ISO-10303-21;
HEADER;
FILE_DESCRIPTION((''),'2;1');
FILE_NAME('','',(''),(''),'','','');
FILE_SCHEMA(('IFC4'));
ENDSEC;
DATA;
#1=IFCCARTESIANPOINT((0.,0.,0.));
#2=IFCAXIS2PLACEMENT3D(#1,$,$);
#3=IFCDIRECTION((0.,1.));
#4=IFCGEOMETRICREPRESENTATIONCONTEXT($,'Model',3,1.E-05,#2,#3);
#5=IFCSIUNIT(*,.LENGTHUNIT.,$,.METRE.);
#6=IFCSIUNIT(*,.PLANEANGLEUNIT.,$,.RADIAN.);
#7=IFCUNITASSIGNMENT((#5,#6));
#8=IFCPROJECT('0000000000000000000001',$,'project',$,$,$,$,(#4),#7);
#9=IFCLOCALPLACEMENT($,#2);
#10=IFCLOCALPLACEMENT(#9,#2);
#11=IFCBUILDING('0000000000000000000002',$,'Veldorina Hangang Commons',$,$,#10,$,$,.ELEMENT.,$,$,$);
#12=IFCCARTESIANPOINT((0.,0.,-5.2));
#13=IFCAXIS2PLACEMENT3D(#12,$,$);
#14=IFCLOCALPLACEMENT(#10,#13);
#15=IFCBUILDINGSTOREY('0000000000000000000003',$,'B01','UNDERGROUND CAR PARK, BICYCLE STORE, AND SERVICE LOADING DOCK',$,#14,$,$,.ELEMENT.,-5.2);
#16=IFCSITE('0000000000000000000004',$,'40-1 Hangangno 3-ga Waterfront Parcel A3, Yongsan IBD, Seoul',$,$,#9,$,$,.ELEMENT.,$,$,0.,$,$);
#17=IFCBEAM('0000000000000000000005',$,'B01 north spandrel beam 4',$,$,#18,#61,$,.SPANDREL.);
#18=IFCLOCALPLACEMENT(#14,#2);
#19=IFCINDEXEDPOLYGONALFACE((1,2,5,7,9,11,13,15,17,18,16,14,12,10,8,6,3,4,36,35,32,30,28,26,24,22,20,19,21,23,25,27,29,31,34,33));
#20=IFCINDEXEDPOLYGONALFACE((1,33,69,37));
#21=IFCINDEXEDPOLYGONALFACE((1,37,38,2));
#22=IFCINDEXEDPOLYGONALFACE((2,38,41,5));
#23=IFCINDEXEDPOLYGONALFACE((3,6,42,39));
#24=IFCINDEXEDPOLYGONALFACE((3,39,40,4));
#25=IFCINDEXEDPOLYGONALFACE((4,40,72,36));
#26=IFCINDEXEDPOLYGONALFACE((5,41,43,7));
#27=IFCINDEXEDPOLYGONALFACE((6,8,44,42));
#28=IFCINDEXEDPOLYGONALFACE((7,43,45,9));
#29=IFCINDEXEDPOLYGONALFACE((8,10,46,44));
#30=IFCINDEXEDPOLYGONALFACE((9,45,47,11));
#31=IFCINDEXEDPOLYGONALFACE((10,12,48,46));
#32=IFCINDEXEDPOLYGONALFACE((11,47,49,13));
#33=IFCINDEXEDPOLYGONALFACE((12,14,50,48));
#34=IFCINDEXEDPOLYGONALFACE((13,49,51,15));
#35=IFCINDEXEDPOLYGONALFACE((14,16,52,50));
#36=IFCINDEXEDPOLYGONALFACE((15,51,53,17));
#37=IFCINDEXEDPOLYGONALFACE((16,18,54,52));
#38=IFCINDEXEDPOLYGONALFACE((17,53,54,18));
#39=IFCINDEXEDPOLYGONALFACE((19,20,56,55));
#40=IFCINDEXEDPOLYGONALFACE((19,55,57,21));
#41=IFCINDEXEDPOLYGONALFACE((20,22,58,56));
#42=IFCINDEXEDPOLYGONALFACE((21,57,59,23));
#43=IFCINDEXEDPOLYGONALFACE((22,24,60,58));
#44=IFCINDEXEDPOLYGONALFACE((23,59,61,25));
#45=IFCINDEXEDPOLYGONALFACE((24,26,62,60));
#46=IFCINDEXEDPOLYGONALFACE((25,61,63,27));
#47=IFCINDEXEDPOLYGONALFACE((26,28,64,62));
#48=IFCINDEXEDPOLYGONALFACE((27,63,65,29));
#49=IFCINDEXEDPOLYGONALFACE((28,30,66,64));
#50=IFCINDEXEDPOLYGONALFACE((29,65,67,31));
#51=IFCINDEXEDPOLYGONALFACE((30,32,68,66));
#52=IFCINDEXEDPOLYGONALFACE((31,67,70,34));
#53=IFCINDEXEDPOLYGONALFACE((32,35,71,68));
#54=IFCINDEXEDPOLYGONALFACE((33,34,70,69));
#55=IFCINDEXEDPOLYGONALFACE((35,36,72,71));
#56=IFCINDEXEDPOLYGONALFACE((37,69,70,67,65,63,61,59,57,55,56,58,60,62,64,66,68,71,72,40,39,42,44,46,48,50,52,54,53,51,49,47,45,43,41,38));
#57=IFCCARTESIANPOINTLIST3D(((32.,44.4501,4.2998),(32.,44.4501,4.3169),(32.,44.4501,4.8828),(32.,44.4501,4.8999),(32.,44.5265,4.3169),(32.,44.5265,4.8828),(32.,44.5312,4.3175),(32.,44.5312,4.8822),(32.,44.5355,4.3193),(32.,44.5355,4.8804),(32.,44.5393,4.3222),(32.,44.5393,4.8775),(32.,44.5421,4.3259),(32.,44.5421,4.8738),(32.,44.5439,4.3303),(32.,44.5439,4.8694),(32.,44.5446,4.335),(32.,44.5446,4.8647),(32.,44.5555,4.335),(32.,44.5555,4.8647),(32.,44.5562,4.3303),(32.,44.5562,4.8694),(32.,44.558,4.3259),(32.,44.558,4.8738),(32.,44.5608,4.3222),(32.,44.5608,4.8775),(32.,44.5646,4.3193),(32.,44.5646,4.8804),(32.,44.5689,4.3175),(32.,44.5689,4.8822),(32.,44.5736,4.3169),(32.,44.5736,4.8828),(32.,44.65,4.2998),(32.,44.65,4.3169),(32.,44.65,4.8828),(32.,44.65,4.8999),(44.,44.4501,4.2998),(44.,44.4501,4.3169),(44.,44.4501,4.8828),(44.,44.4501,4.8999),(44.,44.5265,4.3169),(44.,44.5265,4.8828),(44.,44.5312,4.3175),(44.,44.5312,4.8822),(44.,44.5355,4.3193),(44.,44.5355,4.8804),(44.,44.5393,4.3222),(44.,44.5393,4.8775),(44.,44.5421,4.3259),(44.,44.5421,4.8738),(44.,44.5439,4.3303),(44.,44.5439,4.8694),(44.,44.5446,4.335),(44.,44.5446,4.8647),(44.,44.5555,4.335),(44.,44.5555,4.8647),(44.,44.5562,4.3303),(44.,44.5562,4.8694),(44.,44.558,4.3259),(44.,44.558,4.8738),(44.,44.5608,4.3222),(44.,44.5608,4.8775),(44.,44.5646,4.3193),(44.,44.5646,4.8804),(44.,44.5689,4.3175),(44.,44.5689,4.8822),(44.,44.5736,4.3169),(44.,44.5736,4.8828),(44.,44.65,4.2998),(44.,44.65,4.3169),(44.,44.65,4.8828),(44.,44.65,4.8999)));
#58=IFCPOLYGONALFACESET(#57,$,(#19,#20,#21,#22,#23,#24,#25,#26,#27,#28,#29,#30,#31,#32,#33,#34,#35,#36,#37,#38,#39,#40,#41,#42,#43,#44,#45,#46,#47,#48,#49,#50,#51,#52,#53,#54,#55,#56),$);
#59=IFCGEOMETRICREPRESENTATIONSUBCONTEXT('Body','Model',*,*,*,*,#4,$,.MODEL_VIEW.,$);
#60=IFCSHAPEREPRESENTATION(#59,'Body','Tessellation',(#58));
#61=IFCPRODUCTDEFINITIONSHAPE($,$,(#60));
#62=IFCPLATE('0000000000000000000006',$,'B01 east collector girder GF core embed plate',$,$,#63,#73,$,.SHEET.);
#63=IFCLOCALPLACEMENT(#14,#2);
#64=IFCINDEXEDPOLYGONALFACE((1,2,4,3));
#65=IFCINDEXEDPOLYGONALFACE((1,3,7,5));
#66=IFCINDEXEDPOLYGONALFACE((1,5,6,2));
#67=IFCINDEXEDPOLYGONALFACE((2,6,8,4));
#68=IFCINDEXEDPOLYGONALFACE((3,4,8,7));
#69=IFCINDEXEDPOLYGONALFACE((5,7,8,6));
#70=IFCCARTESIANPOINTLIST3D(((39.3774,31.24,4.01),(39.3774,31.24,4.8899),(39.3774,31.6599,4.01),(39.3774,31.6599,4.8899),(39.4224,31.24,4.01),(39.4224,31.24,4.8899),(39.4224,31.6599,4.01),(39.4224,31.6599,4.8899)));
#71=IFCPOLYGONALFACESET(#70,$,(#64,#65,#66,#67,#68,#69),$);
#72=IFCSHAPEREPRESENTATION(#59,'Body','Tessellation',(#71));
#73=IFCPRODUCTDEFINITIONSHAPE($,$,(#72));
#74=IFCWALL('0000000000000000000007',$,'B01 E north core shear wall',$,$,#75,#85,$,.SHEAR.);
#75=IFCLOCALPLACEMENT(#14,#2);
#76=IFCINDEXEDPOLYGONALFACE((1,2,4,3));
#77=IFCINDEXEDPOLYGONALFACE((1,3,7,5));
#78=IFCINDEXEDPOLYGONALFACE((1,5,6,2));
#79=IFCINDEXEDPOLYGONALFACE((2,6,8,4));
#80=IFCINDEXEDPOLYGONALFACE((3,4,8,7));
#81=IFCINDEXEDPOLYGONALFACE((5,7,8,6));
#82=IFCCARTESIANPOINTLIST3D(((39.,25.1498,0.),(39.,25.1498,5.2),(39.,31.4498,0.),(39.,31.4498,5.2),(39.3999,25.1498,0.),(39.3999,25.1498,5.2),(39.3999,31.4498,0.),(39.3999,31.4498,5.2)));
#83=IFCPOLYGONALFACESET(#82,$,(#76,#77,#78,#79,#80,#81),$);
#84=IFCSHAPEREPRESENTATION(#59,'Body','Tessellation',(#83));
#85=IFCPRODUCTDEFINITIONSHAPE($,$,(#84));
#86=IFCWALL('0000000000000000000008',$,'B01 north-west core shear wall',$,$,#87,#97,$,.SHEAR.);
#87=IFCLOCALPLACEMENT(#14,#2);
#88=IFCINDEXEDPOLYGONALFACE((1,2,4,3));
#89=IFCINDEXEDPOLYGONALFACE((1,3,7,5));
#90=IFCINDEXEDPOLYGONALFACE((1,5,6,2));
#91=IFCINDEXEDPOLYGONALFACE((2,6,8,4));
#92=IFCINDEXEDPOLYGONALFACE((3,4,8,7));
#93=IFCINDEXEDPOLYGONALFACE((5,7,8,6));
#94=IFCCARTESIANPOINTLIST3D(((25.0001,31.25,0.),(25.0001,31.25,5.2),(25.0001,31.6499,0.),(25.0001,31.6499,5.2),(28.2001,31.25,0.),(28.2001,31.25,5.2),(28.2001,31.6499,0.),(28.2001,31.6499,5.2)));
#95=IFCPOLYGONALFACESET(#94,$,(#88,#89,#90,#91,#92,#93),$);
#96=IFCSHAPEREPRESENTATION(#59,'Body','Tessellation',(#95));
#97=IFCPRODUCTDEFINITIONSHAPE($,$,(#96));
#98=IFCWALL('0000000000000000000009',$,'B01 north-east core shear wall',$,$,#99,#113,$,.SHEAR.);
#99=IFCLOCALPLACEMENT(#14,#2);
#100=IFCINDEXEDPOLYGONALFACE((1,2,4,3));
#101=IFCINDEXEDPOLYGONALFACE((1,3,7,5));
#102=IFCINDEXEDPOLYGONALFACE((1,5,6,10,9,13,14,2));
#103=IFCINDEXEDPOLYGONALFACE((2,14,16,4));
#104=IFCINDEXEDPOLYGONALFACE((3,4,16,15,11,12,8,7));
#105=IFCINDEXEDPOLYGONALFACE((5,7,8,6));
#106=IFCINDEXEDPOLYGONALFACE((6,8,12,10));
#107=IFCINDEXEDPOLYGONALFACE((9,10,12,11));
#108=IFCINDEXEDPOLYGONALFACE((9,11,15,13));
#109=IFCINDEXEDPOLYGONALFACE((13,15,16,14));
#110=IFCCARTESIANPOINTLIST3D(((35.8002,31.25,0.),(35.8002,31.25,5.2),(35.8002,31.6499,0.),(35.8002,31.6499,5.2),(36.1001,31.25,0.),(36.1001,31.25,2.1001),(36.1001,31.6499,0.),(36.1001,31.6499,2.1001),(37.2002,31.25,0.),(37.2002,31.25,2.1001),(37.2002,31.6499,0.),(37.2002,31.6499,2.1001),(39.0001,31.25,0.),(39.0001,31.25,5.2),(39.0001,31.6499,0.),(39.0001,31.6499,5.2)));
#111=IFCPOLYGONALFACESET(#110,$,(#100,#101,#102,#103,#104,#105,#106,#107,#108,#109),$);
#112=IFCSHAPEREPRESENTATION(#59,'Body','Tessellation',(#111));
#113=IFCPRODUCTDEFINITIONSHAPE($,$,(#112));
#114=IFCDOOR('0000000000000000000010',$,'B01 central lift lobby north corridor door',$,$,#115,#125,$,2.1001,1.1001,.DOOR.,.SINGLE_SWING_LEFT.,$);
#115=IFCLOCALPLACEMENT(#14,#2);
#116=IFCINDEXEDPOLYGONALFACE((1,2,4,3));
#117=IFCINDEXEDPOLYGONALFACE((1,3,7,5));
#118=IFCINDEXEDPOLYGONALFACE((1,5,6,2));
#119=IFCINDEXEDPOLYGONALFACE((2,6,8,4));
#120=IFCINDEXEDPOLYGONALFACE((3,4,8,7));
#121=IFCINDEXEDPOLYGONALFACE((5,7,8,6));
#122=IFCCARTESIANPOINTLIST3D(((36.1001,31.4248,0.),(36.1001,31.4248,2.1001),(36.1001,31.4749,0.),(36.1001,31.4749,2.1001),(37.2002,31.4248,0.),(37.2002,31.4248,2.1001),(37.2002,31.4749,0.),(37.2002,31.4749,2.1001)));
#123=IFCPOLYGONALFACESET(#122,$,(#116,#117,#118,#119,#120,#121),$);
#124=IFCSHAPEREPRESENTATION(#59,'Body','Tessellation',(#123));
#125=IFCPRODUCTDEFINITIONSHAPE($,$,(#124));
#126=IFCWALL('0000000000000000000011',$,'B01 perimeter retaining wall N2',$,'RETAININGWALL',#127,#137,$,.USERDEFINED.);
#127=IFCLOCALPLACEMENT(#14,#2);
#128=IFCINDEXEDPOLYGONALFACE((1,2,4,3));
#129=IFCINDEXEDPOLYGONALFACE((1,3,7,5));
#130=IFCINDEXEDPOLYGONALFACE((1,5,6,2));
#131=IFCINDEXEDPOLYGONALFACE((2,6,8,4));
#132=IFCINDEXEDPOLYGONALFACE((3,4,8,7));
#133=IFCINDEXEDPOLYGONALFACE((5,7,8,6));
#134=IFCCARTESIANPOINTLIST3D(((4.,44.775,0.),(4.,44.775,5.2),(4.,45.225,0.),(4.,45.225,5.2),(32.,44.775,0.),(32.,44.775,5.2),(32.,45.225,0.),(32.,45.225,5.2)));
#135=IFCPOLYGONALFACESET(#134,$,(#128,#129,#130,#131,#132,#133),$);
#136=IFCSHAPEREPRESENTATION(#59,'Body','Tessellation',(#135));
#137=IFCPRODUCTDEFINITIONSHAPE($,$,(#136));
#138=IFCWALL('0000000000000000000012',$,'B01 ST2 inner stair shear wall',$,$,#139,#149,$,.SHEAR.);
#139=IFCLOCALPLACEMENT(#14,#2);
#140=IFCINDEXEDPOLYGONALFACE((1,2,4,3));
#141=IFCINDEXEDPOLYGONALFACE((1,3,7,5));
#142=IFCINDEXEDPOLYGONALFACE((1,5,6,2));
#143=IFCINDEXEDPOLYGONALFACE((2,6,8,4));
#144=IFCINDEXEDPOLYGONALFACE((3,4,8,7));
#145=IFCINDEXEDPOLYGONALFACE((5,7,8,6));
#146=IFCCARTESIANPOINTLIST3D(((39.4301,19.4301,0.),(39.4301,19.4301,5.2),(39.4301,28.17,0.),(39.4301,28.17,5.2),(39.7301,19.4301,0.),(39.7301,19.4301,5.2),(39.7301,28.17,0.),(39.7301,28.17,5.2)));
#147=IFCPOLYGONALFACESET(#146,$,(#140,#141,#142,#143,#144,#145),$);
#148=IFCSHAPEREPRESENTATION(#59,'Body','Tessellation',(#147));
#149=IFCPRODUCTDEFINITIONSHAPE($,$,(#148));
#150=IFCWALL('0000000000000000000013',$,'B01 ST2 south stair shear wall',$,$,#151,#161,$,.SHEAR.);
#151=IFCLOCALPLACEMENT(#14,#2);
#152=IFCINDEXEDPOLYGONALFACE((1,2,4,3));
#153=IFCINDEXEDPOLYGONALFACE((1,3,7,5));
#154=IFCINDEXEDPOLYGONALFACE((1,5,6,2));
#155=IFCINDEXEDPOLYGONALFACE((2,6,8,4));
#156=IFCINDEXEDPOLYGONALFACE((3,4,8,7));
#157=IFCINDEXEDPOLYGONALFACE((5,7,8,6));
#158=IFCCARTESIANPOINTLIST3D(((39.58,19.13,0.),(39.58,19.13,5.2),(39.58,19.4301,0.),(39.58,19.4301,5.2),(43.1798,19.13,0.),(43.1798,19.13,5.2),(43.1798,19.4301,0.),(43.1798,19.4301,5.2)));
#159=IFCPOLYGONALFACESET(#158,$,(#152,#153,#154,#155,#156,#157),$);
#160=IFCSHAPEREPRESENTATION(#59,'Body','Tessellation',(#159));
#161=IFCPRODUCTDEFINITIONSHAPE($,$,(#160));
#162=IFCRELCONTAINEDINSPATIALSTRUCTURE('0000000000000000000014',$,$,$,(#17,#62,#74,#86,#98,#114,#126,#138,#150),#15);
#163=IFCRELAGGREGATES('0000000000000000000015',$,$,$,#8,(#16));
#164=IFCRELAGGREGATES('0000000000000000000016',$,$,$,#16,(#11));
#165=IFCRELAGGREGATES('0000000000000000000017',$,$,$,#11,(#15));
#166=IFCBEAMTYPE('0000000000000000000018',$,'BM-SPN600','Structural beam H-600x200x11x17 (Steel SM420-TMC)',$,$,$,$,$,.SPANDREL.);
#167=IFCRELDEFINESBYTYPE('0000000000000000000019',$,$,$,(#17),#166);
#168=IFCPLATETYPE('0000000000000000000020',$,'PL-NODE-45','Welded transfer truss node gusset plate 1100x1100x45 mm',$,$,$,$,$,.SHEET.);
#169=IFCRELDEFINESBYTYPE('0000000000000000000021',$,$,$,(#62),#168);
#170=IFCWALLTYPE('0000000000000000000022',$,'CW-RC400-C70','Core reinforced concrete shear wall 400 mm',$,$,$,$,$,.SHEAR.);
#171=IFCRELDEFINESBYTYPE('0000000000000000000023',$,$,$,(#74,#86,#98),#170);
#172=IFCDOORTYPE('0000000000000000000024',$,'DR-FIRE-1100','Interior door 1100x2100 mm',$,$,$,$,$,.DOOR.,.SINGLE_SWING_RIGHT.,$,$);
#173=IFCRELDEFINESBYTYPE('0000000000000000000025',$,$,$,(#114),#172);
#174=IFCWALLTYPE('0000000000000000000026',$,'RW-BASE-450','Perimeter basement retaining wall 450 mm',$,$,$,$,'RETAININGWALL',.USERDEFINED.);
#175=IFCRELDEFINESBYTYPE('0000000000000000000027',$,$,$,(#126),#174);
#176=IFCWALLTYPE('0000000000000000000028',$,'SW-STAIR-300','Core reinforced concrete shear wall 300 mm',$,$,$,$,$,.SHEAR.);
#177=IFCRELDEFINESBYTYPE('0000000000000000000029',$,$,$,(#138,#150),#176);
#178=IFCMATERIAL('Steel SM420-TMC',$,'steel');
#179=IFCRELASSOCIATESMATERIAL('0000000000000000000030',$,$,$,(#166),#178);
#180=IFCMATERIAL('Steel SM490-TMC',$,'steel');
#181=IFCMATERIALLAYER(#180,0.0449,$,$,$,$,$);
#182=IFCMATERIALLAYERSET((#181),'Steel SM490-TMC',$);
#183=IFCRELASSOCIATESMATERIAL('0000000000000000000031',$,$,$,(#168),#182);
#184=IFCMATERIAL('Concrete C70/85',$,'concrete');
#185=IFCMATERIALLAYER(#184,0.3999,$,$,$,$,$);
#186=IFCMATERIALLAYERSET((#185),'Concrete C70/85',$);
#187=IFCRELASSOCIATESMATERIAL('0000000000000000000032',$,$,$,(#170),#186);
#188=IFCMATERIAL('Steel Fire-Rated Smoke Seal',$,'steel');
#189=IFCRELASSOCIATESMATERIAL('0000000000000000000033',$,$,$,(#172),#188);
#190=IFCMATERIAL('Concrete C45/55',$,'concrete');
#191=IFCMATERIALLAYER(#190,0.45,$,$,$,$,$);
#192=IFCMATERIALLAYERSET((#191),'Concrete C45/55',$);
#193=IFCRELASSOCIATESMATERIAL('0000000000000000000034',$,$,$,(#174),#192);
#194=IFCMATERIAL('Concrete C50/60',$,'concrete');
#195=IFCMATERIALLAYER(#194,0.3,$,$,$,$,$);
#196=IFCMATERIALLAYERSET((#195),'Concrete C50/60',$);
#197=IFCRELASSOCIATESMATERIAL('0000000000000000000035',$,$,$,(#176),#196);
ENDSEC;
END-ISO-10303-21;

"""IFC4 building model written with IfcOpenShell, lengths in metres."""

from ifc_helpers import new_model, si_unit, direction, frame, frame_2d, origin, origin_2d, place, context, subcontext, project, spatial, rectangle, i_section, extrude, material, layer, layer_set, material_profile, profile_set, type_object, element, fill, save


model = new_model("IFC4")

# Units and contexts
model_context = context("Model", 3, precision=1e-05, world=origin(), true_north=direction((0.0, 1.0)))
body_context = subcontext(model_context, "Body", "Model", "MODEL_VIEW")
ifc_project = project(units=[si_unit("LENGTHUNIT", "METRE"), si_unit("PLANEANGLEUNIT", "RADIAN")], contexts=[model_context])

# Site, building, storey
site_placement = place(None, origin())
site = spatial("IfcSite", under=ifc_project, at=site_placement, Name="40-1 Hangangno 3-ga Waterfront Parcel A3, Yongsan IBD, Seoul", CompositionType="ELEMENT", RefElevation=0.0)
building_placement = place(site_placement, origin())
building = spatial("IfcBuilding", under=site, at=building_placement, Name="Veldorina Hangang Commons", CompositionType="ELEMENT")
storey_placement = place(building_placement, frame((0.0, 0.0, -5.2)))
storey = spatial("IfcBuildingStorey", under=building, at=storey_placement, Name="B01", Description="UNDERGROUND CAR PARK, BICYCLE STORE, AND SERVICE LOADING DOCK", CompositionType="ELEMENT", Elevation=-5.2)

# Shared definitions
ifc_material_1 = material(Name="Concrete C50/60", Category="concrete")

# Beam
ifc_material_2 = material(Name="Concrete C70/85", Category="concrete")
ifc_material_3 = material(Name="Steel SM420-TMC", Category="steel")
ifc_material_profile_1 = material_profile(ifc_material_3, i_section(OverallWidth=0.2, OverallDepth=0.6001, WebThickness=0.011, FlangeThickness=0.0171, FilletRadius=0.0181, at=origin_2d()), Name="H-600x200x11x17")
ifc_profile_set_1 = profile_set([ifc_material_profile_1], Name="Steel SM420-TMC")
beam_type_1 = type_object("IfcBeamType", Name="BM-SPN600", Description="Structural beam H-600x200x11x17 (Steel SM420-TMC)", PredefinedType="SPANDREL", material=ifc_profile_set_1)
beam_1_placement = place(storey_placement, frame((32.0, 44.55, 4.5999), z_axis=(1.0, 0.0, 0.0), x_axis=(0.0, 1.0, 0.0)))
element("IfcBeam", 1, at=beam_1_placement, inside=storey, type_object=beam_type_1, Name="B01 north spandrel beam 4", PredefinedType="SPANDREL", context=body_context, shape_type="SweptSolid", body=[
    extrude(i_section(OverallWidth=0.2, OverallDepth=0.6001, WebThickness=0.011, FlangeThickness=0.0171, FilletRadius=0.0181, at=origin_2d()), origin(), (0.0, 0.0, 1.0), 12.0),
])

# Plate
ifc_material_4 = material(Name="Steel SM490-TMC", Category="steel")
ifc_layer_1 = layer(ifc_material_4, 0.0449)
ifc_layer_set_1 = layer_set([ifc_layer_1], Name="Steel SM490-TMC")
plate_type = type_object("IfcPlateType", Name="PL-NODE-45", Description="Welded transfer truss node gusset plate 1100x1100x45 mm", PredefinedType="SHEET", material=ifc_layer_set_1)
plate_placement = place(storey_placement, frame((39.3999, 31.45, 4.01), z_axis=(0.0, 0.0, 1.0), x_axis=(1.0, 0.0, 0.0)))
element("IfcPlate", 2, at=plate_placement, inside=storey, type_object=plate_type, Name="B01 east collector girder GF core embed plate", PredefinedType="SHEET", context=body_context, shape_type="SweptSolid", body=[
    extrude(rectangle(XDim=0.0449, YDim=0.4199, at=origin_2d()), origin(), (0.0, 0.0, 1.0), 0.8799),
])

# Walls
ifc_layer_2 = layer(ifc_material_2, 0.3999)
ifc_layer_set_2 = layer_set([ifc_layer_2], Name="Concrete C70/85")
wall_type_1 = type_object("IfcWallType", Name="CW-RC400-C70", Description="Core reinforced concrete shear wall 400 mm", PredefinedType="SHEAR", material=ifc_layer_set_2)
wall_1_placement = place(storey_placement, frame((39.2, 25.1499, 0.0), z_axis=(0.0, 0.0, 1.0), x_axis=(0.0, 1.0, 0.0)))
element("IfcWall", 3, at=wall_1_placement, inside=storey, type_object=wall_type_1, Name="B01 E north core shear wall", PredefinedType="SHEAR", context=body_context, shape_type="SweptSolid", body=[
    extrude(rectangle(XDim=6.3, YDim=0.3999, at=frame_2d((3.1499, 0.0))), origin(), (0.0, 0.0, 1.0), 5.2),
])
wall_2_placement = place(storey_placement, frame((25.0, 31.45, 0.0), z_axis=(0.0, 0.0, 1.0), x_axis=(1.0, 0.0, 0.0)))
element("IfcWall", 4, at=wall_2_placement, inside=storey, type_object=wall_type_1, Name="B01 north-west core shear wall", PredefinedType="SHEAR", context=body_context, shape_type="SweptSolid", body=[
    extrude(rectangle(XDim=3.2, YDim=0.3999, at=frame_2d((1.6001, 0.0))), origin(), (0.0, 0.0, 1.0), 5.2),
])

# Wall, opening, door
wall_3_placement = place(storey_placement, frame((35.8, 31.45, 0.0), z_axis=(0.0, 0.0, 1.0), x_axis=(1.0, 0.0, 0.0)))
wall_3 = element("IfcWall", 5, at=wall_3_placement, inside=storey, type_object=wall_type_1, Name="B01 north-east core shear wall", PredefinedType="SHEAR", context=body_context, shape_type="SweptSolid", body=[
    extrude(rectangle(XDim=3.2, YDim=0.3999, at=frame_2d((1.6001, 0.0))), origin(), (0.0, 0.0, 1.0), 5.2),
])
opening_1_placement = place(wall_3_placement, frame((0.3, 0.0, 0.0)))
opening_1 = element("IfcOpeningElement", 6, at=opening_1_placement, cuts=wall_3, PredefinedType="OPENING", context=body_context, shape_type="SweptSolid", body=[
    extrude(rectangle(XDim=1.1001, YDim=2.1001, at=frame_2d((0.55, 1.05))), frame((0.0, 0.21, 0.0), z_axis=(0.0, -1.0, 0.0), x_axis=(1.0, 0.0, 0.0)), (0.0, 0.0, 1.0), 0.4199),
])
ifc_material_5 = material(Name="Steel Fire-Rated Smoke Seal", Category="steel")
door_type_1 = type_object("IfcDoorType", Name="DR-FIRE-1100", Description="Interior door 1100x2100 mm", OperationType="SINGLE_SWING_RIGHT", PredefinedType="DOOR", material=ifc_material_5)
door_1_placement = place(opening_1_placement, origin())
door_1 = element("IfcDoor", 7, at=door_1_placement, inside=storey, type_object=door_type_1, Name="B01 central lift lobby north corridor door", OperationType="SINGLE_SWING_LEFT", OverallHeight=2.1001, OverallWidth=1.1001, PredefinedType="DOOR", context=body_context, shape_type="SweptSolid", body=[
    extrude(rectangle(XDim=1.1001, YDim=2.1001, at=frame_2d((0.55, 1.05))), frame((0.0, 0.0249, 0.0), z_axis=(0.0, -1.0, 0.0), x_axis=(1.0, 0.0, 0.0)), (0.0, 0.0, 1.0), 0.05),
])
fill(opening_1, door_1)

# Walls
ifc_material_6 = material(Name="Concrete C45/55", Category="concrete")
ifc_layer_3 = layer(ifc_material_6, 0.45)
ifc_layer_set_3 = layer_set([ifc_layer_3], Name="Concrete C45/55")
wall_type_2 = type_object("IfcWallType", Name="RW-BASE-450", Description="Perimeter basement retaining wall 450 mm", ElementType="RETAININGWALL", PredefinedType="USERDEFINED", material=ifc_layer_set_3)
wall_4_placement = place(storey_placement, frame((32.0, 45.0, 0.0), z_axis=(0.0, 0.0, 1.0), x_axis=(-1.0, 0.0, 0.0)))
element("IfcWall", 8, at=wall_4_placement, inside=storey, type_object=wall_type_2, Name="B01 perimeter retaining wall N2", ObjectType="RETAININGWALL", PredefinedType="USERDEFINED", context=body_context, shape_type="SweptSolid", body=[
    extrude(rectangle(XDim=28.0, YDim=0.45, at=frame_2d((14.0, 0.0))), origin(), (0.0, 0.0, 1.0), 5.2),
])
ifc_layer_4 = layer(ifc_material_1, 0.3)
ifc_layer_set_4 = layer_set([ifc_layer_4], Name="Concrete C50/60")
wall_type_3 = type_object("IfcWallType", Name="SW-STAIR-300", Description="Core reinforced concrete shear wall 300 mm", PredefinedType="SHEAR", material=ifc_layer_set_4)
wall_5_placement = place(storey_placement, frame((39.5801, 19.4299, 0.0), z_axis=(0.0, 0.0, 1.0), x_axis=(0.0, 1.0, 0.0)))
element("IfcWall", 9, at=wall_5_placement, inside=storey, type_object=wall_type_3, Name="B01 ST2 inner stair shear wall", PredefinedType="SHEAR", context=body_context, shape_type="SweptSolid", body=[
    extrude(rectangle(XDim=8.74, YDim=0.3, at=frame_2d((4.3701, 0.0))), origin(), (0.0, 0.0, 1.0), 5.2),
])
wall_6_placement = place(storey_placement, frame((39.5801, 19.28, 0.0), z_axis=(0.0, 0.0, 1.0), x_axis=(1.0, 0.0, 0.0)))
element("IfcWall", 10, at=wall_6_placement, inside=storey, type_object=wall_type_3, Name="B01 ST2 south stair shear wall", PredefinedType="SHEAR", context=body_context, shape_type="SweptSolid", body=[
    extrude(rectangle(XDim=3.5999, YDim=0.3, at=frame_2d((1.7998, 0.0))), origin(), (0.0, 0.0, 1.0), 5.2),
])

save(model, "model.ifc")
